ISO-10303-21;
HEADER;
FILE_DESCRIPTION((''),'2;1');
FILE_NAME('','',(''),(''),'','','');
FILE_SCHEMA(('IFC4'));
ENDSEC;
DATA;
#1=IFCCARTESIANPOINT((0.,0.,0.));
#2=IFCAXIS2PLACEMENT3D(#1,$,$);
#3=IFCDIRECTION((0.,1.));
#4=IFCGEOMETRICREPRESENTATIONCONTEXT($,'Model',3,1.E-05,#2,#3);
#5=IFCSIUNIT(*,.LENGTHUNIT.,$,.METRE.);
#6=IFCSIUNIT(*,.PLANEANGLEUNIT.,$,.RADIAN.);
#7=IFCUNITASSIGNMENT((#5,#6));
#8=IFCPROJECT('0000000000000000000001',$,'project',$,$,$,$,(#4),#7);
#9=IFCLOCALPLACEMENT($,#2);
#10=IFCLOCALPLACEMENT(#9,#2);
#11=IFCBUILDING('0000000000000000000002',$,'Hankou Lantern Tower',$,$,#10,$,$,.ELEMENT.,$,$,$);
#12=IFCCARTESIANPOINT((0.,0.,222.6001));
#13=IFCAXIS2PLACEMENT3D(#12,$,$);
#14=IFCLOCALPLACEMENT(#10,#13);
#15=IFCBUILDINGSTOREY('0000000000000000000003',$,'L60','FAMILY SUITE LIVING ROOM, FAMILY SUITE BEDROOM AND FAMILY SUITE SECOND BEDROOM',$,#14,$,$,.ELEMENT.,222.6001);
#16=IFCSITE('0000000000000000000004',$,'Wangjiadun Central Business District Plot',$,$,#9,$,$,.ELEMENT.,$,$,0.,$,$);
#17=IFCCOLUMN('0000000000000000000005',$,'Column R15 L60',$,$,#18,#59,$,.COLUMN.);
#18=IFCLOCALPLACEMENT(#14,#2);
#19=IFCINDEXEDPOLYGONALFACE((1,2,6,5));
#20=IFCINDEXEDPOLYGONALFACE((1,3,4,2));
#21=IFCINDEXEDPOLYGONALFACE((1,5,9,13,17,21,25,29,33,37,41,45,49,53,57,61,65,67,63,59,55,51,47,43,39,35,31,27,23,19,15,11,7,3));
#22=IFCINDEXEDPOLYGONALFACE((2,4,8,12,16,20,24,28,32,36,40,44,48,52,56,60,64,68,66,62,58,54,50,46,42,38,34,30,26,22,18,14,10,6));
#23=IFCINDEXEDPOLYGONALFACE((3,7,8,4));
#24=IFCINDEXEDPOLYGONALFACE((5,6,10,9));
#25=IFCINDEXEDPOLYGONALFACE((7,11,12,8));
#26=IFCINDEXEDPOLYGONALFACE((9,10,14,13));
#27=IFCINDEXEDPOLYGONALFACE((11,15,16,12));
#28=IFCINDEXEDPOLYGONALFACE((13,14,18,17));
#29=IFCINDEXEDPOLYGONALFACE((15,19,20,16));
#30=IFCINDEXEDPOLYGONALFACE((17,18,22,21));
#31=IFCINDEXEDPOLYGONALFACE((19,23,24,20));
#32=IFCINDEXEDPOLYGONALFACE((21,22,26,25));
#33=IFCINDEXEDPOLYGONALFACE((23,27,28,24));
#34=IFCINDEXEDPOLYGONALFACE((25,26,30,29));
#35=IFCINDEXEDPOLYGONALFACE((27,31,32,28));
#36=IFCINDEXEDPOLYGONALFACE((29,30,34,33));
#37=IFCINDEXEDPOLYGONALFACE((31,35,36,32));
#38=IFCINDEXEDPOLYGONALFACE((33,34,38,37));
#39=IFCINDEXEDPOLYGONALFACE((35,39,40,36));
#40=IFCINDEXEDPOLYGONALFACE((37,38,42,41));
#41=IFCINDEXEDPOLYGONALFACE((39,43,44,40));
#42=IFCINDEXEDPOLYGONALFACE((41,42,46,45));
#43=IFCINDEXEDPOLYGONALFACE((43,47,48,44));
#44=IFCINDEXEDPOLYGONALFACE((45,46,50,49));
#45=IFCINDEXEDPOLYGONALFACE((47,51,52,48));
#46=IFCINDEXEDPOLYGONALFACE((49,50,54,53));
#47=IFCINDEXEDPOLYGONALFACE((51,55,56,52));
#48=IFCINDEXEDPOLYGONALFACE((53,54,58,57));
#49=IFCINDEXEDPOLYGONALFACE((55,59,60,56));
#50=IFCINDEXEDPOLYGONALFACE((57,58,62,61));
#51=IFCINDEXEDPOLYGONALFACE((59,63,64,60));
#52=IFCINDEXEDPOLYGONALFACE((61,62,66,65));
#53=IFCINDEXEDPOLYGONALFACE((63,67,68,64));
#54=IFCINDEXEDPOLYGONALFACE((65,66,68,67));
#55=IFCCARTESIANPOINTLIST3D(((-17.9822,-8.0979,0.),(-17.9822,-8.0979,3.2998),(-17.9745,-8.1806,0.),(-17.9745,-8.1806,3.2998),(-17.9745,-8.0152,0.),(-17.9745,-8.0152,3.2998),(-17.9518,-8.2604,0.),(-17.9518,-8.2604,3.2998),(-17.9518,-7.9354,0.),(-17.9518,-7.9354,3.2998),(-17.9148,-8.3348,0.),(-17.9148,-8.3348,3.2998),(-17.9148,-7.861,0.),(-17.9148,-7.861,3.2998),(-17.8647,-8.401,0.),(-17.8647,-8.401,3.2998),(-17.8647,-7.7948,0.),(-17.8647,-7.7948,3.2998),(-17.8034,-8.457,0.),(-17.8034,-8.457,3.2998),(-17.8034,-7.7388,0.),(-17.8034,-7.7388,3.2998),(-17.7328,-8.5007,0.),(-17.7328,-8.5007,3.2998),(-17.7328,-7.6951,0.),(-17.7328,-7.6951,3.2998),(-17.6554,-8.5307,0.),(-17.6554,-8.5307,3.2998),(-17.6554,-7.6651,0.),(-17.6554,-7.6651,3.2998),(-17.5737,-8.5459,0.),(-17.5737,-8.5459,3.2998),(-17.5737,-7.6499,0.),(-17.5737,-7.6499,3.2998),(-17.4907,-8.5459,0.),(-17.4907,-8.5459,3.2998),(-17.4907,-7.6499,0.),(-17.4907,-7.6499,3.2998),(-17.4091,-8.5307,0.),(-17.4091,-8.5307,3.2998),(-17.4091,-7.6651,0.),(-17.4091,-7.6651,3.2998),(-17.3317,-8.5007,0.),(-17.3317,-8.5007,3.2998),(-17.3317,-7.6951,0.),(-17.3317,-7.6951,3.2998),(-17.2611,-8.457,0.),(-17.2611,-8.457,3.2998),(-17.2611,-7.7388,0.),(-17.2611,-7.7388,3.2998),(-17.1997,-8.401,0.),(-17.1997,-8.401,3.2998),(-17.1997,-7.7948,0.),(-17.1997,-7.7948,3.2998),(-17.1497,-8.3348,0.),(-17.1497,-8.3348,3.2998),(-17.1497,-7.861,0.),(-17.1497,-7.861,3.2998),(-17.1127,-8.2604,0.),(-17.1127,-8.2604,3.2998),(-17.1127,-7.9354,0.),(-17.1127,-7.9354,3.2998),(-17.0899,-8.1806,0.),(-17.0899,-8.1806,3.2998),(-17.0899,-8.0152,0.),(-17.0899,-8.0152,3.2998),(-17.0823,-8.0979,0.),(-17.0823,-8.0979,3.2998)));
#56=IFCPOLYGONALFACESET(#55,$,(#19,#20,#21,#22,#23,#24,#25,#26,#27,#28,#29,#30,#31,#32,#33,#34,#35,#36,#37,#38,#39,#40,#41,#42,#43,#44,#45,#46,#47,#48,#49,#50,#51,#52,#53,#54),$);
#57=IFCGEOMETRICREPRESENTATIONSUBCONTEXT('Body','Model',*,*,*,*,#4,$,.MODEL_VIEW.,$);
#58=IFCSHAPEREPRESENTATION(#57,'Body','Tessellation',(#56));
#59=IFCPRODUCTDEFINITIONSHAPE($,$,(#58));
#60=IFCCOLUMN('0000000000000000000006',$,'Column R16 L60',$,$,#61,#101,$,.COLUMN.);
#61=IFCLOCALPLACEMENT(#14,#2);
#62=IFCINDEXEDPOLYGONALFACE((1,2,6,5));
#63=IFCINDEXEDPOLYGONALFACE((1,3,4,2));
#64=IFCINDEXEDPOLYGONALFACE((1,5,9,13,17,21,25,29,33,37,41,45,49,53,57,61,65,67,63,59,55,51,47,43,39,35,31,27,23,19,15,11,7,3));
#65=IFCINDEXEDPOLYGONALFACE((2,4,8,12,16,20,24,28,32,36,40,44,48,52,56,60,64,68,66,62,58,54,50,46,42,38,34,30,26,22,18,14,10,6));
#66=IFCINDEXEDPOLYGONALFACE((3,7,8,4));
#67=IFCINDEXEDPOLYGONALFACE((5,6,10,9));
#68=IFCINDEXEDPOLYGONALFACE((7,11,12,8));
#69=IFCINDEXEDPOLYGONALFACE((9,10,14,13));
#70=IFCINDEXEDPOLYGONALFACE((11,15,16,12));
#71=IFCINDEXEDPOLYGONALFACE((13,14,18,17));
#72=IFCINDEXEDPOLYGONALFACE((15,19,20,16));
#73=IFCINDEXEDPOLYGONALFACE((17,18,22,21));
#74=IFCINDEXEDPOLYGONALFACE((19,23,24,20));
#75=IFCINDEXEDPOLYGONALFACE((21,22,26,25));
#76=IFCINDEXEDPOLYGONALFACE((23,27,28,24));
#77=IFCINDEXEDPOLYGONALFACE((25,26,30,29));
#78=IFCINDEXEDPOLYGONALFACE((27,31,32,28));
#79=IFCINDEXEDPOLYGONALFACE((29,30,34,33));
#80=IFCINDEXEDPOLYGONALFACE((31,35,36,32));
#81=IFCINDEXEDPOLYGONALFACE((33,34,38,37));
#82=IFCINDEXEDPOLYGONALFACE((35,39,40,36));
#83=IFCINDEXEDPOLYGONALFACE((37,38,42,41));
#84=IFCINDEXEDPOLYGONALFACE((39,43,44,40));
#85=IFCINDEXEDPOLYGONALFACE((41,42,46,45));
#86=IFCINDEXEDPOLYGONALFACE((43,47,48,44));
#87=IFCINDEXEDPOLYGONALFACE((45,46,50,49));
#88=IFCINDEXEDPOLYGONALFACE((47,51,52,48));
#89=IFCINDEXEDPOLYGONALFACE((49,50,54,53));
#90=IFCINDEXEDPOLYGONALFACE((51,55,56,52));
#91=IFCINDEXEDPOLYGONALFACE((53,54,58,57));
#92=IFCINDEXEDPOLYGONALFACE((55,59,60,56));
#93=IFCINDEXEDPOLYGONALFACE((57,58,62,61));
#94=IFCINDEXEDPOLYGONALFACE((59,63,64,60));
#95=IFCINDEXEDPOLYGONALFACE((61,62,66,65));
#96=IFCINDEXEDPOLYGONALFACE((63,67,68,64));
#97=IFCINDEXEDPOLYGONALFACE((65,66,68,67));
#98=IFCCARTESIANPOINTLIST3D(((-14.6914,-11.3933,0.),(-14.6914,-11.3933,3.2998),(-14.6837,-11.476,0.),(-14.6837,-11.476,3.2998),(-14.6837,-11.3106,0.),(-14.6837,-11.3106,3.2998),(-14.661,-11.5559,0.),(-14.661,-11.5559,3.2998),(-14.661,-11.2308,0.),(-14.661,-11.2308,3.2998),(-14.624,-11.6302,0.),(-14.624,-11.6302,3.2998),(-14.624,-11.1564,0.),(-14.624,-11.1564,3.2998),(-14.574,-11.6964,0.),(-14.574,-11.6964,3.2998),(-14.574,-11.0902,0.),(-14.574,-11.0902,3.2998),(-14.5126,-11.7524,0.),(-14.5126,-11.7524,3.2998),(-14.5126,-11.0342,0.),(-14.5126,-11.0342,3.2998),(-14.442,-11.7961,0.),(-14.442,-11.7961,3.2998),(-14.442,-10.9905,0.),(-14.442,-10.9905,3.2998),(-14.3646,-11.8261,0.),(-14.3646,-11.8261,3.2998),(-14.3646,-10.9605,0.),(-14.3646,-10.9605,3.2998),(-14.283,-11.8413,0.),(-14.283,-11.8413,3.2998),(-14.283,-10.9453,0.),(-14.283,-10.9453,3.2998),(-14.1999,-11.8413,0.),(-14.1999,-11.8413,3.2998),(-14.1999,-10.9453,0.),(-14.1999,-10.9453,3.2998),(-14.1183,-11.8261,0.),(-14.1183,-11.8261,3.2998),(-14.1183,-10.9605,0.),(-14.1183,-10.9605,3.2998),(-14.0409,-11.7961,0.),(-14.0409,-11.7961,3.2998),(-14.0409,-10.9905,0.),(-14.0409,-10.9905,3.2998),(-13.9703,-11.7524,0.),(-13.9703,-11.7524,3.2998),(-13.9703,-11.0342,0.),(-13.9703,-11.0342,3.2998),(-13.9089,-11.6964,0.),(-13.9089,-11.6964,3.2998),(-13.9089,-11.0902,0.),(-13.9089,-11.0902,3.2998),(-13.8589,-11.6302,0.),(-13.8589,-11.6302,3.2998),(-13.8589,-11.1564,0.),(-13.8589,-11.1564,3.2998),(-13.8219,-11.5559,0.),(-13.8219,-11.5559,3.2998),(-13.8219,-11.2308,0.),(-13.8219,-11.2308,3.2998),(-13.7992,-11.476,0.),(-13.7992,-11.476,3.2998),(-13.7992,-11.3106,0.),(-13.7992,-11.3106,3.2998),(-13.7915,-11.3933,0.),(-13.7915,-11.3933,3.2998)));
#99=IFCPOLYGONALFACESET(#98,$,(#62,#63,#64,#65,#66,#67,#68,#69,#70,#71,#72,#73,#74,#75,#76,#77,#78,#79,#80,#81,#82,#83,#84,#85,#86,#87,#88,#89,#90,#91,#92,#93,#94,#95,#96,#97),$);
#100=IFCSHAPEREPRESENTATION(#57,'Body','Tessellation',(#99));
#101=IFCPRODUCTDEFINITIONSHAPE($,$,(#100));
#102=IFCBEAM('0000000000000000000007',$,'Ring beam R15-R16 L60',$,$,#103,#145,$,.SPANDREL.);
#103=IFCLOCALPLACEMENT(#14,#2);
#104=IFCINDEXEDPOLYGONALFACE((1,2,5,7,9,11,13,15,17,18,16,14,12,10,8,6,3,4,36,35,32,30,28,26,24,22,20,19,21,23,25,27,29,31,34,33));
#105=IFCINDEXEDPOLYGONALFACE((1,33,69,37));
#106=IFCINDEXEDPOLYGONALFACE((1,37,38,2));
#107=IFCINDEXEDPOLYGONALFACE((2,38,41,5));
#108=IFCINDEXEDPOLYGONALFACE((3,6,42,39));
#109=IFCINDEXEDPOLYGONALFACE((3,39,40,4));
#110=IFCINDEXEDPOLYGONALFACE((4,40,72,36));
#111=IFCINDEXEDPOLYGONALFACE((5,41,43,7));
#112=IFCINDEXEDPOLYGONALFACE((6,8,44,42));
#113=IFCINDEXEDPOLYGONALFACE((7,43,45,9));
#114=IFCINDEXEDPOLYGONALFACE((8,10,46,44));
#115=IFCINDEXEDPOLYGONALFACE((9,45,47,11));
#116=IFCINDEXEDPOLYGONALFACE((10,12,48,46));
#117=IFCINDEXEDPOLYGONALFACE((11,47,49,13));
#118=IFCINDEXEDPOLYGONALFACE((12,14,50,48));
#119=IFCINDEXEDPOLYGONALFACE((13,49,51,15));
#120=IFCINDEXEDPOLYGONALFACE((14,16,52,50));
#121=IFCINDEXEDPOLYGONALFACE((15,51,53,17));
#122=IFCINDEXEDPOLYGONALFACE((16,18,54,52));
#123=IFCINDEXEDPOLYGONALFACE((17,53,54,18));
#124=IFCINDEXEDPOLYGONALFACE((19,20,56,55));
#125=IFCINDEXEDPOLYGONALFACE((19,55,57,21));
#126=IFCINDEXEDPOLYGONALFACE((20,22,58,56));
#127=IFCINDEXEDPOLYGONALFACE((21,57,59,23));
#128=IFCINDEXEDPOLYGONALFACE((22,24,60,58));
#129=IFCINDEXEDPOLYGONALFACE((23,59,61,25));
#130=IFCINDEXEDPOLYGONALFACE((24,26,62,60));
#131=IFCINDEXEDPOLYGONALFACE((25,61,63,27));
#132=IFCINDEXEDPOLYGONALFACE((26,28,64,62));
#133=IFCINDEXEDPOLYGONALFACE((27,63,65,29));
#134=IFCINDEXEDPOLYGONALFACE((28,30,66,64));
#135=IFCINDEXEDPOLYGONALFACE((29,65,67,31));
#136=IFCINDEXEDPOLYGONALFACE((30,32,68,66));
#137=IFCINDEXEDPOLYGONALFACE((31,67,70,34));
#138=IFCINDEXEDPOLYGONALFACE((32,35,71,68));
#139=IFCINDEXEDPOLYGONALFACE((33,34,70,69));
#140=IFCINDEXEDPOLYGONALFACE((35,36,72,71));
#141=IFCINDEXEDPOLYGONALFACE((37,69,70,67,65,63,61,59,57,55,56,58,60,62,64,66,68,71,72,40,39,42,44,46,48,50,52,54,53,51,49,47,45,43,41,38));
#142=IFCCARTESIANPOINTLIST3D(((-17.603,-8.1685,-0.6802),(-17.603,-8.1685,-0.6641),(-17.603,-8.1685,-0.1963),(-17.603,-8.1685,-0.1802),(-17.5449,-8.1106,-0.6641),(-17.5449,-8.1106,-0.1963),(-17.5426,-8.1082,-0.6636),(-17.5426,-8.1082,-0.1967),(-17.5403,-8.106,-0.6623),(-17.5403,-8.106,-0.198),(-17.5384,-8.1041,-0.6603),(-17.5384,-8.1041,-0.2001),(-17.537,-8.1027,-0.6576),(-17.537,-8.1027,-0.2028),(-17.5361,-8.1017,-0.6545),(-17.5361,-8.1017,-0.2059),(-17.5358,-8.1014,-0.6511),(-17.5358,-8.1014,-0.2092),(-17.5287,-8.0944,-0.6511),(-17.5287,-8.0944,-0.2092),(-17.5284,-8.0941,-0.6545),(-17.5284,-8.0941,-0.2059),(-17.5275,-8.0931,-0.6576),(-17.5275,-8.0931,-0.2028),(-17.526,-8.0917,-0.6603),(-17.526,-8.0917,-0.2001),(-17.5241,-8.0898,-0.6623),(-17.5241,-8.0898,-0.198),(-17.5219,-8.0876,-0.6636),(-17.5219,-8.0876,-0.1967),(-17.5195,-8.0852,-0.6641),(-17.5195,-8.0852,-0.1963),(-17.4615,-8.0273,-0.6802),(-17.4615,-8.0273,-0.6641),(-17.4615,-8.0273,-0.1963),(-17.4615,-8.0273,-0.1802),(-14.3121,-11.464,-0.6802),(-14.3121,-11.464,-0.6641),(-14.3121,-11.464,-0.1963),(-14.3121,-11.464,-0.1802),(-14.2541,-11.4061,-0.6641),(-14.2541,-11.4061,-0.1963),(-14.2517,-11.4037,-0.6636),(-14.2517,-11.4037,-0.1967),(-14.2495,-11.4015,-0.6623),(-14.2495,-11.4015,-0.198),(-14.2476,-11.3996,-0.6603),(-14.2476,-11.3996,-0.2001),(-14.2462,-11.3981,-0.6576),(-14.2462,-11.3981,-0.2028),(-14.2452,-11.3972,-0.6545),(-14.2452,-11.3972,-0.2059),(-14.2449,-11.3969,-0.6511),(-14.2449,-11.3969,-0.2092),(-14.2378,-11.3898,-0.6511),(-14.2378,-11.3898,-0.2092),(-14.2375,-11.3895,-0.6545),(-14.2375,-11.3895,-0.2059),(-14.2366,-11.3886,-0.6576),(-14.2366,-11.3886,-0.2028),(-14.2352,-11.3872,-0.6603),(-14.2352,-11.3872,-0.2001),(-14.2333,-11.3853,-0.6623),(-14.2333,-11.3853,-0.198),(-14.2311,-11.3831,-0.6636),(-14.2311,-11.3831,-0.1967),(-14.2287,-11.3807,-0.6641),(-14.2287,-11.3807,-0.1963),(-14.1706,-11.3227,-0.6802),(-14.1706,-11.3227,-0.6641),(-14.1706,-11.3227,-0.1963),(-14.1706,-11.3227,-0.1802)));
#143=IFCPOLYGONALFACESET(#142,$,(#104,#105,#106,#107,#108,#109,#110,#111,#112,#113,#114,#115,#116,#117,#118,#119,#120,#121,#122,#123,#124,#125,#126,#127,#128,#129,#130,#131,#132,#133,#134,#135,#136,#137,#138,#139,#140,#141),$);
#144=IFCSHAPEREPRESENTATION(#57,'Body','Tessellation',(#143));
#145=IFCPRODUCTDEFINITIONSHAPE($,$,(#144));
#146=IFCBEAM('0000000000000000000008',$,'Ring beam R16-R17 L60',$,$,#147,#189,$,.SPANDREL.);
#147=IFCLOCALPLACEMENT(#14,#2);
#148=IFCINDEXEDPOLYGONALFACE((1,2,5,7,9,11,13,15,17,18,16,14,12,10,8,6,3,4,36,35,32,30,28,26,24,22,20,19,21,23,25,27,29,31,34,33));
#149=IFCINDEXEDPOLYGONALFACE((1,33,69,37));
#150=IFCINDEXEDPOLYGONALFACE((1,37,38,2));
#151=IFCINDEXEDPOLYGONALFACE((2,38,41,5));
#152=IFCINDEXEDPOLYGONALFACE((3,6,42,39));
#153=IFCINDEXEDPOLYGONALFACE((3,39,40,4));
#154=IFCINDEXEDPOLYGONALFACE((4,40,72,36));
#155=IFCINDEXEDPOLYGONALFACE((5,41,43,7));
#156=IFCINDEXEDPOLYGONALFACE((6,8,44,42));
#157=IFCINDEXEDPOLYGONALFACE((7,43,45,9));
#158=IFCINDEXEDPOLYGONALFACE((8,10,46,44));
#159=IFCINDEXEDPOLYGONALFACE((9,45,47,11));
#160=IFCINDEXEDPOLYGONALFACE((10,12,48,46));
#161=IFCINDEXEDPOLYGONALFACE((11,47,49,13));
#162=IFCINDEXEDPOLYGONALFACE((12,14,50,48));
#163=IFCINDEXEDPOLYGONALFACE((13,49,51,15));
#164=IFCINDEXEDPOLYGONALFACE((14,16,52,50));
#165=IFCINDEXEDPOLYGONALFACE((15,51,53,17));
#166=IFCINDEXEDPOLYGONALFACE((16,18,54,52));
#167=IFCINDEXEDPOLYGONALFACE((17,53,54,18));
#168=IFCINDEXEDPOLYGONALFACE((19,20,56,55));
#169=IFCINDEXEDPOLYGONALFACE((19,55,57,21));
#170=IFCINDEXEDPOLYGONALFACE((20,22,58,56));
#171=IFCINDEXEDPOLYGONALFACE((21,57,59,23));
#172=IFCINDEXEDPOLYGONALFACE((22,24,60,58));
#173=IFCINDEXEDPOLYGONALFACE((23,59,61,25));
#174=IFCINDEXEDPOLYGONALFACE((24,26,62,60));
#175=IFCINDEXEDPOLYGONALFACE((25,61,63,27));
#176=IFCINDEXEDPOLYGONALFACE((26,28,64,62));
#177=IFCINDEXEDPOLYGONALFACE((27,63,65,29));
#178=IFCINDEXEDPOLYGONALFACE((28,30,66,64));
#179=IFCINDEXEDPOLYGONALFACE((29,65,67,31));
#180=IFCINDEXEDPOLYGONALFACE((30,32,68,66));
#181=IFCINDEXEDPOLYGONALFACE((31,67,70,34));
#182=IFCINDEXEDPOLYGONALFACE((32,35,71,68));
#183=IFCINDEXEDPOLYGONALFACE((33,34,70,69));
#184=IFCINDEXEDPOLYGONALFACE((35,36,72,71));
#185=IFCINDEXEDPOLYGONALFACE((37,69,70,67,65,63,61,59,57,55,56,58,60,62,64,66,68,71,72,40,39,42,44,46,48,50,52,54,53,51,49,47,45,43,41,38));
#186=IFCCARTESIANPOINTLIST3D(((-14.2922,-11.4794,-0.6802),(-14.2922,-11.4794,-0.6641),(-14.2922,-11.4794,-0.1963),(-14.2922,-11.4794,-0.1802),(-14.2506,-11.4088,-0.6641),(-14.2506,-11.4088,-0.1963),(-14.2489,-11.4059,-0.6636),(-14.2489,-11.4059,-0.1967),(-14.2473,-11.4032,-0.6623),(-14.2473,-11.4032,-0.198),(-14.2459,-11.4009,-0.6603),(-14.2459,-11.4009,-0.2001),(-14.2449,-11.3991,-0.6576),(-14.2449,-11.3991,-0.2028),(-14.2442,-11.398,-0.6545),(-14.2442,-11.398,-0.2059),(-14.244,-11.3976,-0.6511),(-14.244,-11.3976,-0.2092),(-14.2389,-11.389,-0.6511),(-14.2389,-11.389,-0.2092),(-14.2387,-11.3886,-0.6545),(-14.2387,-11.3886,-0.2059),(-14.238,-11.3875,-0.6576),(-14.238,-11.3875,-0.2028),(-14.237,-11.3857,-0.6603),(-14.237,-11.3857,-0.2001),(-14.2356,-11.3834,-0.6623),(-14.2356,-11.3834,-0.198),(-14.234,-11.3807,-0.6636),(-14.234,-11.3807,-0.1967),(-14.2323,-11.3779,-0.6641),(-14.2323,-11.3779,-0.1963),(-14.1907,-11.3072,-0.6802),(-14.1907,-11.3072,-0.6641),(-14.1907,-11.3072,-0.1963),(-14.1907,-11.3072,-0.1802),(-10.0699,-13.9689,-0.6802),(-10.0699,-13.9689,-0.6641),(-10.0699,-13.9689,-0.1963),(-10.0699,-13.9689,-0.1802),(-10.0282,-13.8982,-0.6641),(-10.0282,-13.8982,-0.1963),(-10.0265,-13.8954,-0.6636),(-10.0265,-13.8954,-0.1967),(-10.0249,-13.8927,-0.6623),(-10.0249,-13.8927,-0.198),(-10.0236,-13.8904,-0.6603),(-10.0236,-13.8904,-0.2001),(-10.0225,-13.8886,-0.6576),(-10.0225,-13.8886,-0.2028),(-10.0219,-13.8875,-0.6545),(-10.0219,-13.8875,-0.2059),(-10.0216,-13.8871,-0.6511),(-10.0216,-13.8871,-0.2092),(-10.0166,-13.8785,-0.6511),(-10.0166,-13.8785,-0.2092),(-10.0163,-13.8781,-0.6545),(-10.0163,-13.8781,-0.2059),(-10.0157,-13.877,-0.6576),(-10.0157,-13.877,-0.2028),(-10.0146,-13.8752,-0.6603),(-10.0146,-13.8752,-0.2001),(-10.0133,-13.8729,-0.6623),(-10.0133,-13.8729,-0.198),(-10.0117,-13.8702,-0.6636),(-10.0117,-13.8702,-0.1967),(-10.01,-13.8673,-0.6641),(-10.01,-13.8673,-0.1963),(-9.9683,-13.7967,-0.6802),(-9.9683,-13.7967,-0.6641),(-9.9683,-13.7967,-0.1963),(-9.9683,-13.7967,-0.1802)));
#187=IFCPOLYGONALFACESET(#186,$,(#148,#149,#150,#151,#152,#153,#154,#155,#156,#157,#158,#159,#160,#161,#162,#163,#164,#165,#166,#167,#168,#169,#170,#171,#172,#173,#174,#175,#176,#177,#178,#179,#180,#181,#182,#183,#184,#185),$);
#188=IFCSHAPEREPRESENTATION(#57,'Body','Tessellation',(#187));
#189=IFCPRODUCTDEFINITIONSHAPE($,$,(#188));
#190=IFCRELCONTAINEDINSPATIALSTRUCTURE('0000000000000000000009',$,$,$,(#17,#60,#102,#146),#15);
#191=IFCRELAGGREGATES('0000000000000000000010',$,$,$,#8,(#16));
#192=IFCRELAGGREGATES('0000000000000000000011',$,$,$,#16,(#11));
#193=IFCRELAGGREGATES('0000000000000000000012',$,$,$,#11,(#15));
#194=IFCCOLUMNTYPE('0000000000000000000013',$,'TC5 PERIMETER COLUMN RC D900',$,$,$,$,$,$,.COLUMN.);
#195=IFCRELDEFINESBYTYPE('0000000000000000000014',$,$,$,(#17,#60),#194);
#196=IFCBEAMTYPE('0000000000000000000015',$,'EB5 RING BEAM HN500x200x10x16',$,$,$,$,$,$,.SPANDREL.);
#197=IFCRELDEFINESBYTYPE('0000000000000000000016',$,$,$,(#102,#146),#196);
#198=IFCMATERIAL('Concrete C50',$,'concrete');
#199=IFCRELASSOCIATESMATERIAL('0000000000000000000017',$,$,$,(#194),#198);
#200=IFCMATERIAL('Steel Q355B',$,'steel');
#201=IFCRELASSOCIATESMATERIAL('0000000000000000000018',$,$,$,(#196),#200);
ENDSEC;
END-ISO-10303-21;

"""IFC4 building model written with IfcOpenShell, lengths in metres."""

from ifc_helpers import new_model, si_unit, direction, frame, origin, origin_2d, place, context, subcontext, project, spatial, circle, i_section, extrude, material, material_profile, profile_set, type_object, element, save


model = new_model("IFC4")

# Units and contexts
model_context = context("Model", 3, precision=1e-05, world=origin(), true_north=direction((0.0, 1.0)))
body_context = subcontext(model_context, "Body", "Model", "MODEL_VIEW")
ifc_project = project(units=[si_unit("LENGTHUNIT", "METRE"), si_unit("PLANEANGLEUNIT", "RADIAN")], contexts=[model_context])

# Site, building, storey
site_placement = place(None, origin())
site = spatial("IfcSite", under=ifc_project, at=site_placement, Name="Wangjiadun Central Business District Plot", CompositionType="ELEMENT", RefElevation=0.0)
building_placement = place(site_placement, origin())
building = spatial("IfcBuilding", under=site, at=building_placement, Name="Hankou Lantern Tower", CompositionType="ELEMENT")
storey_placement = place(building_placement, frame((0.0, 0.0, 222.6001)))
storey = spatial("IfcBuildingStorey", under=building, at=storey_placement, Name="L60", Description="FAMILY SUITE LIVING ROOM, FAMILY SUITE BEDROOM AND FAMILY SUITE SECOND BEDROOM", CompositionType="ELEMENT", Elevation=222.6001)

# Columns
ifc_material_1 = material(Name="Concrete C50", Category="concrete")
ifc_material_profile_1 = material_profile(ifc_material_1, circle(Radius=0.45, at=origin_2d()), Name="RC D900")
ifc_profile_set_1 = profile_set([ifc_material_profile_1], Name="Concrete C50")
column_type = type_object("IfcColumnType", Name="TC5 PERIMETER COLUMN RC D900", PredefinedType="COLUMN", material=ifc_profile_set_1)
for number, where, z_axis, x_axis, name in (
    (1, (-17.5322, -8.0979, 0.0), (0.0, 0.0, 1.0), (1.0, 0.0, 0.0), "Column R15 L60"),
    (2, (-14.2415, -11.3933, 0.0), (0.0, 0.0, 1.0), (1.0, 0.0, 0.0), "Column R16 L60"),
):
    element("IfcColumn", number, at=place(storey_placement, frame(where, z_axis=z_axis, x_axis=x_axis)), inside=storey, type_object=column_type, Name=name, PredefinedType="COLUMN", context=body_context, shape_type="SweptSolid", body=[
        extrude(circle(Radius=0.45, at=origin_2d()), origin(), (0.0, 0.0, 1.0), 3.2998),
    ])

# Beams
ifc_material_2 = material(Name="Steel Q355B", Category="steel")
ifc_material_profile_2 = material_profile(ifc_material_2, i_section(OverallWidth=0.2, OverallDepth=0.5, WebThickness=0.01, FlangeThickness=0.0161, FilletRadius=0.0129, at=origin_2d()), Name="HN500x200x10x16")
ifc_profile_set_2 = profile_set([ifc_material_profile_2], Name="Steel Q355B")
beam_type_1 = type_object("IfcBeamType", Name="EB5 RING BEAM HN500x200x10x16", PredefinedType="SPANDREL", material=ifc_profile_set_2)
beam_1_placement = place(storey_placement, frame((-17.5322, -8.0979, -0.4302), z_axis=(0.706609, -0.707605, 0.0), x_axis=(0.707605, 0.706609, 0.0)))
element("IfcBeam", 3, at=beam_1_placement, inside=storey, type_object=beam_type_1, Name="Ring beam R15-R16 L60", PredefinedType="SPANDREL", context=body_context, shape_type="SweptSolid", body=[
    extrude(i_section(OverallWidth=0.2, OverallDepth=0.5, WebThickness=0.01, FlangeThickness=0.0161, FilletRadius=0.0129, at=origin_2d()), origin(), (0.0, 0.0, 1.0), 4.6572),
])
beam_2_placement = place(storey_placement, frame((-14.2415, -11.3933, -0.4302), z_axis=(0.861423, -0.507888, 0.0), x_axis=(0.507888, 0.861423, 0.0)))
element("IfcBeam", 4, at=beam_2_placement, inside=storey, type_object=beam_type_1, Name="Ring beam R16-R17 L60", PredefinedType="SPANDREL", context=body_context, shape_type="SweptSolid", body=[
    extrude(i_section(OverallWidth=0.2, OverallDepth=0.5, WebThickness=0.01, FlangeThickness=0.0161, FilletRadius=0.0129, at=origin_2d()), origin(), (0.0, 0.0, 1.0), 4.9016),
])

save(model, "model.ifc")
